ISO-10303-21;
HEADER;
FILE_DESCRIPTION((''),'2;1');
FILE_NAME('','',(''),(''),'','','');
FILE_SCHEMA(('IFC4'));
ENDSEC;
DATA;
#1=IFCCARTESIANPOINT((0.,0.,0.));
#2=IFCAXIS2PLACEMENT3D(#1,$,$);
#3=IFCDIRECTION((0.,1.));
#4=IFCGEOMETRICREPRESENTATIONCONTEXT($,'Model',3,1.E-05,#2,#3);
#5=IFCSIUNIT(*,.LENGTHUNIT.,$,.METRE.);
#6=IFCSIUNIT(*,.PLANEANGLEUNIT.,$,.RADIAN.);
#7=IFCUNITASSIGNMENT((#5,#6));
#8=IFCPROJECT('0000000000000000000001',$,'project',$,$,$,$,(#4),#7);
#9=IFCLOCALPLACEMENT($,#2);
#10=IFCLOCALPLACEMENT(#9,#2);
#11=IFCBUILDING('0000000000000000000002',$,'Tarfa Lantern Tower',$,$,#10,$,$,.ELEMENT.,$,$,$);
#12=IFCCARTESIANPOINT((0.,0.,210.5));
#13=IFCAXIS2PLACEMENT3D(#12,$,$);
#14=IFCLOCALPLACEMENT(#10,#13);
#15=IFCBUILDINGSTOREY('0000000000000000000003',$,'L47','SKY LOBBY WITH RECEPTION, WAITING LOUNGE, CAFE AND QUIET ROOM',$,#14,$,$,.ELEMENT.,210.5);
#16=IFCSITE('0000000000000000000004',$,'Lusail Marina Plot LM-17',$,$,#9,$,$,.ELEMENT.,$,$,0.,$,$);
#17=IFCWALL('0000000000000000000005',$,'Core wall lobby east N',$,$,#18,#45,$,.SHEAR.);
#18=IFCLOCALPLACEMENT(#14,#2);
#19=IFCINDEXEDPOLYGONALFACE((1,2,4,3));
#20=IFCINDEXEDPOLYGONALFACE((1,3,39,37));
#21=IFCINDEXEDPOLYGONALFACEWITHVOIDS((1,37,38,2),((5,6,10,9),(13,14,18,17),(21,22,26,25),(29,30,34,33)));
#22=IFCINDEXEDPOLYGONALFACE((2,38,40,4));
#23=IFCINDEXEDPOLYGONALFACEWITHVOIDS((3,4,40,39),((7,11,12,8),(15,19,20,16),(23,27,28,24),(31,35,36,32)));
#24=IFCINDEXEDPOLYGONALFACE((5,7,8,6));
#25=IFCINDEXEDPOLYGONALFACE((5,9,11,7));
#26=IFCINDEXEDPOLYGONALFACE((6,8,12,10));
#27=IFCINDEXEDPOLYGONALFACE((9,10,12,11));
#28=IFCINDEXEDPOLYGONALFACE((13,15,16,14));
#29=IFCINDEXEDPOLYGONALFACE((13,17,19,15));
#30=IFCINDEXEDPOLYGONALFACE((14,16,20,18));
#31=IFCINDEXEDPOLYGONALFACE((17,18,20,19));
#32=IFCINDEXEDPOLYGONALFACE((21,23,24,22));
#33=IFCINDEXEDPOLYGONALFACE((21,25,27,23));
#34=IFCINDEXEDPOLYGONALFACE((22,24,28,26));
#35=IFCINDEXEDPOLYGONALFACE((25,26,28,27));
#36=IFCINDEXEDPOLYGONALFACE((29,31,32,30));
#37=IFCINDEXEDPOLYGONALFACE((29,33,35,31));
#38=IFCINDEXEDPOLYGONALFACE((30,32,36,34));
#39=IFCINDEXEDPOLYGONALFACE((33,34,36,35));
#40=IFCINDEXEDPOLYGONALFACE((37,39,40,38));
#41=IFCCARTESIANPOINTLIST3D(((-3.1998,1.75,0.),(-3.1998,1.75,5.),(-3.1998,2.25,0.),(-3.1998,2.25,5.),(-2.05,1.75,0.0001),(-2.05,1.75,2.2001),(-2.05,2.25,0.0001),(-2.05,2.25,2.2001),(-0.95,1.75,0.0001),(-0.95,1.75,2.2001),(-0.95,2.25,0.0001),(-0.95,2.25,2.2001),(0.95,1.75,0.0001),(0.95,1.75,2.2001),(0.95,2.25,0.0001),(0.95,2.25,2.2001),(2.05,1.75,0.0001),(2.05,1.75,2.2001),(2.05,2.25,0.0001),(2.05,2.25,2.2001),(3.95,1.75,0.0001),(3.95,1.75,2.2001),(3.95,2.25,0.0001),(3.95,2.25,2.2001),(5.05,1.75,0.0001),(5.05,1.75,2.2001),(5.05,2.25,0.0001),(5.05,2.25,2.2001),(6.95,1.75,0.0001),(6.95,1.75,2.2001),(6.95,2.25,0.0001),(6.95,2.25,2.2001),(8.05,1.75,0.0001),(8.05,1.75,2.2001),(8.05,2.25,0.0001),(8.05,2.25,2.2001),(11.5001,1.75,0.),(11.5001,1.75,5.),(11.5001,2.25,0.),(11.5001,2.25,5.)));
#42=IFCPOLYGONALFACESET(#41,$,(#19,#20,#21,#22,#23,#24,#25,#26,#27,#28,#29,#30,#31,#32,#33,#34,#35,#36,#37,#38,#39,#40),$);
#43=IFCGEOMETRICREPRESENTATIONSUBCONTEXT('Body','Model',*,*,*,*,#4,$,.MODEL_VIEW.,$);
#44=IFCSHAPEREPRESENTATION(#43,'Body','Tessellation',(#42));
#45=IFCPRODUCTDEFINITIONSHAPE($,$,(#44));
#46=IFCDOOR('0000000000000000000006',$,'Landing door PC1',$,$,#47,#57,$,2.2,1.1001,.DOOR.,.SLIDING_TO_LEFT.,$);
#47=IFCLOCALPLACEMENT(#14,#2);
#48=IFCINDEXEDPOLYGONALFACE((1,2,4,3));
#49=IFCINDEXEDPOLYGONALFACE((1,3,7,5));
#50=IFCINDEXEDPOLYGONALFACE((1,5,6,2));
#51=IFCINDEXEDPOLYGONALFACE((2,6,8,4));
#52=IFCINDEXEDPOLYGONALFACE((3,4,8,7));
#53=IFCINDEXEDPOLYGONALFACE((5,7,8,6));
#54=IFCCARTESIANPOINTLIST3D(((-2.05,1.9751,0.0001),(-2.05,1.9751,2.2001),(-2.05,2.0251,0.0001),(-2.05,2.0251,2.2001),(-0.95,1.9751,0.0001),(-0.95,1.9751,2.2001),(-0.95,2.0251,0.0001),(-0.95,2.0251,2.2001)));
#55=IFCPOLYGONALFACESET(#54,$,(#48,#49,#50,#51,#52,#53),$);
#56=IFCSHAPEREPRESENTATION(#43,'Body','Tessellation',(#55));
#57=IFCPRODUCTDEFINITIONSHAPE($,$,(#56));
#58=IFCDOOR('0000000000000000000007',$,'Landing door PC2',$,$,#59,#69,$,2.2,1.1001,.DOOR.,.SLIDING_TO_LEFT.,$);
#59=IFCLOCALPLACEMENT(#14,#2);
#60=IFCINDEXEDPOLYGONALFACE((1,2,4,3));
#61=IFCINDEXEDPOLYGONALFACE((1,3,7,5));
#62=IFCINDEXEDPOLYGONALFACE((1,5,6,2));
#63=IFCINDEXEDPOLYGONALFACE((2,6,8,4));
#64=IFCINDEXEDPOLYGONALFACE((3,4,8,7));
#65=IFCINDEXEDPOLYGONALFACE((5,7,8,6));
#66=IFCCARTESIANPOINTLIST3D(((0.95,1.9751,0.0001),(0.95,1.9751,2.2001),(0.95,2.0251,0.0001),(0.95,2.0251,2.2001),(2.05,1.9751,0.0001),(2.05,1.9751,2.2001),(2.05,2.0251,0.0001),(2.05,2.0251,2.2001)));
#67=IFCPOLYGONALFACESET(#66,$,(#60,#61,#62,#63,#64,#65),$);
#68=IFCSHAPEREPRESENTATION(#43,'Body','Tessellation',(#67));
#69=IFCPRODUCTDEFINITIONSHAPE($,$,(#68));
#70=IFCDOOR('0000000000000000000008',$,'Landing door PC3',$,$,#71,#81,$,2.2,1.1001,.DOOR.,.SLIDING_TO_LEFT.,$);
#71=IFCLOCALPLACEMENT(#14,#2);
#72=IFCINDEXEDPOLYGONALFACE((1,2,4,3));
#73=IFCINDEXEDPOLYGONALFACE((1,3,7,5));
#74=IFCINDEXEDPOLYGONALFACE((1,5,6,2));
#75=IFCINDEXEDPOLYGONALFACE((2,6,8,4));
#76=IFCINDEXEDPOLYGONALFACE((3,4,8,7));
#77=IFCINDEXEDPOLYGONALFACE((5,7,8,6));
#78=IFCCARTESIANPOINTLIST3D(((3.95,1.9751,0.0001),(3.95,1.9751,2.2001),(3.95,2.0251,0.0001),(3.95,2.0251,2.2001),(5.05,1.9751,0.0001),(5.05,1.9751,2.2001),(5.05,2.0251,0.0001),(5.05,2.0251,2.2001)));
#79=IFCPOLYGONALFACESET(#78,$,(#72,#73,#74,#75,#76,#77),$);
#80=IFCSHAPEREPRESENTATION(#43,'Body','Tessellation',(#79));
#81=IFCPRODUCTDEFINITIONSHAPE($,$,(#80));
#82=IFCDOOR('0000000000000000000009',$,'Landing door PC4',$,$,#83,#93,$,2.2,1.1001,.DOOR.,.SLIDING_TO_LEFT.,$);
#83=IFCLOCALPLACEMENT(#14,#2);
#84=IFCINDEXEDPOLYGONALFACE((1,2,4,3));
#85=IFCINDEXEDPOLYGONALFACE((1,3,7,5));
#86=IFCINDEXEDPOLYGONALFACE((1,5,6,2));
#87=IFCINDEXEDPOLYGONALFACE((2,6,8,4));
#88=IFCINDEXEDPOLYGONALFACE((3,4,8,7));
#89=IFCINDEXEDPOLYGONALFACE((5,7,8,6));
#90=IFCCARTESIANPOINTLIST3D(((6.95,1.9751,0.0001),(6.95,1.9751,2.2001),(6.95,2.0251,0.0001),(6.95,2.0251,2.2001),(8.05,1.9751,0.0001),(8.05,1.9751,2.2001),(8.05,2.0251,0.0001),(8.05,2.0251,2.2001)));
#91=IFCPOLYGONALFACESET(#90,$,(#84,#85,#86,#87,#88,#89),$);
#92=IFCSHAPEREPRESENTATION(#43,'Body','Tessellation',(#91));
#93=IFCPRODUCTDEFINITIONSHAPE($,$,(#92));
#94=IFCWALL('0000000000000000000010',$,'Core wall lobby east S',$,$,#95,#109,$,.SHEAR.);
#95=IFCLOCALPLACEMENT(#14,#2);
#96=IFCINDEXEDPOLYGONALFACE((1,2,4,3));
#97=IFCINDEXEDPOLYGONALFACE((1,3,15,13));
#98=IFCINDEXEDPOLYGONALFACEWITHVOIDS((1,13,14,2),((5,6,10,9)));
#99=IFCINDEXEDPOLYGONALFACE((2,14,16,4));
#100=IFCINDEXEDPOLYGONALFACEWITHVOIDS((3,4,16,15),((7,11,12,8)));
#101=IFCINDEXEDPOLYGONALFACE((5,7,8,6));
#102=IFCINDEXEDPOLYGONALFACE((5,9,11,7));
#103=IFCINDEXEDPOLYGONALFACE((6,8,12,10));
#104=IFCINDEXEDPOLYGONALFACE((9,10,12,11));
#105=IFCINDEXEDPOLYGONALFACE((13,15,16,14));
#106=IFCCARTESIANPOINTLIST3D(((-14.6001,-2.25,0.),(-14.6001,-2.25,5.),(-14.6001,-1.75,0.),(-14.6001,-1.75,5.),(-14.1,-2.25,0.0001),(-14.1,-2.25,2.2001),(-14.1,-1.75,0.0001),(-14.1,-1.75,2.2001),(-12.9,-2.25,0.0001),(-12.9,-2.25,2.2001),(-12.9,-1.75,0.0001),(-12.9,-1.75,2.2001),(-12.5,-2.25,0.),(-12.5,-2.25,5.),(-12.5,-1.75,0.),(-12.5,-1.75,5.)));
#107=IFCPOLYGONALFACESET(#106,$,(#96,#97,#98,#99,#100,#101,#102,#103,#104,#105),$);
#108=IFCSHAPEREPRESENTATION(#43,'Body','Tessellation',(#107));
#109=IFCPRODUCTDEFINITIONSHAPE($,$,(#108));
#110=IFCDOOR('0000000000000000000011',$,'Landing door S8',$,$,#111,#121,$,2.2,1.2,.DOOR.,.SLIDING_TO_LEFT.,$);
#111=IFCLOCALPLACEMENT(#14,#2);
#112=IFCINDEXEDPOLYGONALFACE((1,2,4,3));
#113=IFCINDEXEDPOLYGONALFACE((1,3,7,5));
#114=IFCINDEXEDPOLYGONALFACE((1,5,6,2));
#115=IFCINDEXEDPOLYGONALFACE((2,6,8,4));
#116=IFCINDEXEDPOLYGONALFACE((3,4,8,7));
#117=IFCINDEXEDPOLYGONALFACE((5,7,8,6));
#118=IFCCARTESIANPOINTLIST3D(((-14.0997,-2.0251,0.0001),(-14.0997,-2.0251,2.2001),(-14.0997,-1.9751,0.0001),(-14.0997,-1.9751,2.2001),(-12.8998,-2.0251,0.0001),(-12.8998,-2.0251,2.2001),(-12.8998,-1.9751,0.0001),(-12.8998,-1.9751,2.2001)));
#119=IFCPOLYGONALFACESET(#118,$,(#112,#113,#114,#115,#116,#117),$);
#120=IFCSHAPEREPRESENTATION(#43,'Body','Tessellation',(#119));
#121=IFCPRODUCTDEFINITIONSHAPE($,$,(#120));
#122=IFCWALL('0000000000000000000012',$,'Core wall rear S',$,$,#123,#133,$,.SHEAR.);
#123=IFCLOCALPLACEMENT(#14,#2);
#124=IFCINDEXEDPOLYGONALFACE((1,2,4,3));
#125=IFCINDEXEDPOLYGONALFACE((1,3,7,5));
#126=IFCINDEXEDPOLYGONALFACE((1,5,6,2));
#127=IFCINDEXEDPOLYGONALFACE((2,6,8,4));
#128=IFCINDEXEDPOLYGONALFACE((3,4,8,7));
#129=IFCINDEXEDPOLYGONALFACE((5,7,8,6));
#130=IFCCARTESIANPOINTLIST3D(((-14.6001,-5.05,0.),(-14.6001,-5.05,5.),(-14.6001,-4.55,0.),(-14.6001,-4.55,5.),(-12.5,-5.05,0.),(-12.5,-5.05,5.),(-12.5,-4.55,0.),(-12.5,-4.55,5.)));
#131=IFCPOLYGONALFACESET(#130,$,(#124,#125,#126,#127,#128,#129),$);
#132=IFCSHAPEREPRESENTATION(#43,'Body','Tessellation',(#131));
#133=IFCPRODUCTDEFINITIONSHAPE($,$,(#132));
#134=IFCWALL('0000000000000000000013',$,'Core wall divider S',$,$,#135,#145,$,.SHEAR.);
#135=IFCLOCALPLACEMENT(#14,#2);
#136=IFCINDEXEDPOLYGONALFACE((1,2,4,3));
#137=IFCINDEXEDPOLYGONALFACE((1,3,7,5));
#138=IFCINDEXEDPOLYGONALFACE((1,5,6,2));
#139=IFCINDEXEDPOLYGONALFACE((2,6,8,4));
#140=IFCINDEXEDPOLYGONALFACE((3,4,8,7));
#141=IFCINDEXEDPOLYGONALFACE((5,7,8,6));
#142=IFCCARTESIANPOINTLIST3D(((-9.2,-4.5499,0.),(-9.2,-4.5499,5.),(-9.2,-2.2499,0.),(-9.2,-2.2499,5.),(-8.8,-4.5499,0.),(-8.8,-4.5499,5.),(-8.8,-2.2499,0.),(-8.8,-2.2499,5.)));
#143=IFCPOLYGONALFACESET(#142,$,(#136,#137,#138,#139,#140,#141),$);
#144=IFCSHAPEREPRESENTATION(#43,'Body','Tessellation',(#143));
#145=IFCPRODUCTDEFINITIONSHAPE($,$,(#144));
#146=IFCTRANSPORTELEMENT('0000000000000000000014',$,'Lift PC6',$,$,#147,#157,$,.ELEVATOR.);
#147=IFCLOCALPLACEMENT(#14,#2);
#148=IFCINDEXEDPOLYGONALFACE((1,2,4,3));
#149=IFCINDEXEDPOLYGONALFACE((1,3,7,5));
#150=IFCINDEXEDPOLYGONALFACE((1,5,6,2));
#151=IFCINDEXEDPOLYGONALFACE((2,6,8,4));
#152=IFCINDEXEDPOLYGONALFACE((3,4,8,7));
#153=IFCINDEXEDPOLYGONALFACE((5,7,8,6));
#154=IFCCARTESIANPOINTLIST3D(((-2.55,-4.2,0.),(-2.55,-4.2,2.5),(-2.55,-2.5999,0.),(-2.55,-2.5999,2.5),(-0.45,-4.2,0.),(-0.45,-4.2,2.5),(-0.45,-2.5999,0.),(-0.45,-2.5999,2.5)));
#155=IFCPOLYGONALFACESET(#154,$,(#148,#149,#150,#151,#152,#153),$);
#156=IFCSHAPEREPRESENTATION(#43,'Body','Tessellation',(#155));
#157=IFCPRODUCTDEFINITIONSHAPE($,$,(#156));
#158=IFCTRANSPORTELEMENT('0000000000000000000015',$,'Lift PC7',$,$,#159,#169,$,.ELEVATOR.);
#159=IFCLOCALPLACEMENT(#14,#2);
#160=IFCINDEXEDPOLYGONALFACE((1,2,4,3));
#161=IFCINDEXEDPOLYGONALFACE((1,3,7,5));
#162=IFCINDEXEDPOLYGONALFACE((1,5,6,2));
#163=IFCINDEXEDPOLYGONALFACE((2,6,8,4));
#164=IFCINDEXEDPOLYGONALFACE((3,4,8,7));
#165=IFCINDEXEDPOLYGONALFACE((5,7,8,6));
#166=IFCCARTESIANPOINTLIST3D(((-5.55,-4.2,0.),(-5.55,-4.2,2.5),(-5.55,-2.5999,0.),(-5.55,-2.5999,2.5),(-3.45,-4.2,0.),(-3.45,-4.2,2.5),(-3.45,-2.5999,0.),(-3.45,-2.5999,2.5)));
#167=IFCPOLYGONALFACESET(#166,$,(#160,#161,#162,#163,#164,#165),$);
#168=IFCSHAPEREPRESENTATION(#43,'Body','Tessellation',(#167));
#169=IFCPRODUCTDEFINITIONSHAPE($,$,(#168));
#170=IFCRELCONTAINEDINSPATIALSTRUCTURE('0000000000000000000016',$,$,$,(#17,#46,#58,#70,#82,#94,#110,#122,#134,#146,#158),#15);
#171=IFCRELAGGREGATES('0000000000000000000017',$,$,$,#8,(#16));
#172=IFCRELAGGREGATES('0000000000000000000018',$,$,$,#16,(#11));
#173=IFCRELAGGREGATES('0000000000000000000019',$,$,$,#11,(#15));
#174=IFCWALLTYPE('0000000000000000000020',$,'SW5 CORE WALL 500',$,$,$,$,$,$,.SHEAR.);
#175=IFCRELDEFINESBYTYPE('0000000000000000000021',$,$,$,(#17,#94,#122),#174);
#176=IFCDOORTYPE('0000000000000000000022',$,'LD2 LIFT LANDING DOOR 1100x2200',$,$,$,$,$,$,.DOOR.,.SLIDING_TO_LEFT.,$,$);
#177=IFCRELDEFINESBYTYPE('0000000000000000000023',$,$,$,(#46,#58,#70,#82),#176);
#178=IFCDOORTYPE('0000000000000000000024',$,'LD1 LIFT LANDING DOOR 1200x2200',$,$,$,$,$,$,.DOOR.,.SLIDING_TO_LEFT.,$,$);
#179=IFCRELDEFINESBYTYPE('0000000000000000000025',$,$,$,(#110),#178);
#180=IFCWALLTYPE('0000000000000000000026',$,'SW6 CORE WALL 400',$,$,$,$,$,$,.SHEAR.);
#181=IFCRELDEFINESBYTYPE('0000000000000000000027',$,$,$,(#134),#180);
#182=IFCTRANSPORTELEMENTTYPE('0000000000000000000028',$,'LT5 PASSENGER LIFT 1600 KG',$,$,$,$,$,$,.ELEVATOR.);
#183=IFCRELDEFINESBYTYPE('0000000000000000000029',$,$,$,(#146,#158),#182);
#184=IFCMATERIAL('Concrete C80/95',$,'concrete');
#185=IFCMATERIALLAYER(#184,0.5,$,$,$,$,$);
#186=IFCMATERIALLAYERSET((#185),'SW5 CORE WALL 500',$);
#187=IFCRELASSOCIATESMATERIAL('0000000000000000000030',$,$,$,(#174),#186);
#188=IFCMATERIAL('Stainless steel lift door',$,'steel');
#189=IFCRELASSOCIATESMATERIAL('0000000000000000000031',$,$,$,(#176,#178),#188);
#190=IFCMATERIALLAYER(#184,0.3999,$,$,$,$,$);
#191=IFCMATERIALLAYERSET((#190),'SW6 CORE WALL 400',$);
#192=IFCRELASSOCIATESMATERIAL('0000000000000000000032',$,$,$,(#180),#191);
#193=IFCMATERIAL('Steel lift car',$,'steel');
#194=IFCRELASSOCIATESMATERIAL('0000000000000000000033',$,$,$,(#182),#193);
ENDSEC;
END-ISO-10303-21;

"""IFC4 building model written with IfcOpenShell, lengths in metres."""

from ifc_helpers import new_model, si_unit, direction, frame, frame_2d, origin, origin_2d, place, context, subcontext, project, spatial, rectangle, extrude, material, layer, layer_set, type_object, element, fill, save


model = new_model("IFC4")

# Units and contexts
model_context = context("Model", 3, precision=1e-05, world=origin(), true_north=direction((0.0, 1.0)))
body_context = subcontext(model_context, "Body", "Model", "MODEL_VIEW")
ifc_project = project(units=[si_unit("LENGTHUNIT", "METRE"), si_unit("PLANEANGLEUNIT", "RADIAN")], contexts=[model_context])

# Site, building, storey
site_placement = place(None, origin())
site = spatial("IfcSite", under=ifc_project, at=site_placement, Name="Lusail Marina Plot LM-17", CompositionType="ELEMENT", RefElevation=0.0)
building_placement = place(site_placement, origin())
building = spatial("IfcBuilding", under=site, at=building_placement, Name="Tarfa Lantern Tower", CompositionType="ELEMENT")
storey_placement = place(building_placement, frame((0.0, 0.0, 210.5)))
storey = spatial("IfcBuildingStorey", under=building, at=storey_placement, Name="L47", Description="SKY LOBBY WITH RECEPTION, WAITING LOUNGE, CAFE AND QUIET ROOM", CompositionType="ELEMENT", Elevation=210.5)

# Shared definitions
ifc_material_1 = material(Name="Concrete C80/95", Category="concrete")
ifc_layer_1 = layer(ifc_material_1, 0.5)
ifc_layer_set_1 = layer_set([ifc_layer_1], Name="SW5 CORE WALL 500")
wall_type_1 = type_object("IfcWallType", Name="SW5 CORE WALL 500", PredefinedType="SHEAR", material=ifc_layer_set_1)

# Wall, openings, doors
wall_1_placement = place(storey_placement, frame((-3.2, 2.0, 0.0), z_axis=(0.0, 0.0, 1.0), x_axis=(1.0, 0.0, 0.0)))
wall_1 = element("IfcWall", 1, at=wall_1_placement, inside=storey, type_object=wall_type_1, Name="Core wall lobby east N", PredefinedType="SHEAR", context=body_context, shape_type="SweptSolid", body=[
    extrude(rectangle(XDim=14.7, YDim=0.5, at=frame_2d((7.3501, 0.0))), origin(), (0.0, 0.0, 1.0), 5.0),
])
opening_1_placement = place(wall_1_placement, frame((1.1499, 0.0, 0.0)))
opening_1 = element("IfcOpeningElement", 2, at=opening_1_placement, cuts=wall_1, PredefinedType="OPENING", context=body_context, shape_type="SweptSolid", body=[
    extrude(rectangle(XDim=1.1001, YDim=2.2, at=frame_2d((0.55, 1.1001))), frame((0.0, 0.26, 0.0), z_axis=(0.0, -1.0, 0.0), x_axis=(1.0, 0.0, 0.0)), (0.0, 0.0, 1.0), 0.52),
])
opening_2_placement = place(wall_1_placement, frame((4.1499, 0.0, 0.0)))
opening_2 = element("IfcOpeningElement", 3, at=opening_2_placement, cuts=wall_1, PredefinedType="OPENING", context=body_context, shape_type="SweptSolid", body=[
    extrude(rectangle(XDim=1.1001, YDim=2.2, at=frame_2d((0.55, 1.1001))), frame((0.0, 0.26, 0.0), z_axis=(0.0, -1.0, 0.0), x_axis=(1.0, 0.0, 0.0)), (0.0, 0.0, 1.0), 0.52),
])
opening_3_placement = place(wall_1_placement, frame((7.1499, 0.0, 0.0)))
opening_3 = element("IfcOpeningElement", 4, at=opening_3_placement, cuts=wall_1, PredefinedType="OPENING", context=body_context, shape_type="SweptSolid", body=[
    extrude(rectangle(XDim=1.1001, YDim=2.2, at=frame_2d((0.55, 1.1001))), frame((0.0, 0.26, 0.0), z_axis=(0.0, -1.0, 0.0), x_axis=(1.0, 0.0, 0.0)), (0.0, 0.0, 1.0), 0.52),
])
opening_4_placement = place(wall_1_placement, frame((10.1499, 0.0, 0.0)))
opening_4 = element("IfcOpeningElement", 5, at=opening_4_placement, cuts=wall_1, PredefinedType="OPENING", context=body_context, shape_type="SweptSolid", body=[
    extrude(rectangle(XDim=1.1001, YDim=2.2, at=frame_2d((0.55, 1.1001))), frame((0.0, 0.26, 0.0), z_axis=(0.0, -1.0, 0.0), x_axis=(1.0, 0.0, 0.0)), (0.0, 0.0, 1.0), 0.52),
])
ifc_material_2 = material(Name="Stainless steel lift door", Category="steel")
door_type_1 = type_object("IfcDoorType", Name="LD2 LIFT LANDING DOOR 1100x2200", OperationType="SLIDING_TO_LEFT", PredefinedType="DOOR", material=ifc_material_2)
door_1_placement = place(opening_1_placement, frame((1.1001, 0.0, 0.0), z_axis=(0.0, 0.0, 1.0), x_axis=(-1.0, 0.0, 0.0)))
door_1 = element("IfcDoor", 6, at=door_1_placement, inside=storey, type_object=door_type_1, Name="Landing door PC1", OperationType="SLIDING_TO_LEFT", OverallHeight=2.2, OverallWidth=1.1001, PredefinedType="DOOR", context=body_context, shape_type="SweptSolid", body=[
    extrude(rectangle(XDim=1.1001, YDim=2.2, at=frame_2d((0.55, 1.1001))), frame((0.0, 0.0249, 0.0), z_axis=(0.0, -1.0, 0.0), x_axis=(1.0, 0.0, 0.0)), (0.0, 0.0, 1.0), 0.05),
])
fill(opening_1, door_1)
door_2_placement = place(opening_2_placement, frame((1.1001, 0.0, 0.0), z_axis=(0.0, 0.0, 1.0), x_axis=(-1.0, 0.0, 0.0)))
door_2 = element("IfcDoor", 7, at=door_2_placement, inside=storey, type_object=door_type_1, Name="Landing door PC2", OperationType="SLIDING_TO_LEFT", OverallHeight=2.2, OverallWidth=1.1001, PredefinedType="DOOR", context=body_context, shape_type="SweptSolid", body=[
    extrude(rectangle(XDim=1.1001, YDim=2.2, at=frame_2d((0.55, 1.1001))), frame((0.0, 0.0249, 0.0), z_axis=(0.0, -1.0, 0.0), x_axis=(1.0, 0.0, 0.0)), (0.0, 0.0, 1.0), 0.05),
])
fill(opening_2, door_2)
door_3_placement = place(opening_3_placement, frame((1.1001, 0.0, 0.0), z_axis=(0.0, 0.0, 1.0), x_axis=(-1.0, 0.0, 0.0)))
door_3 = element("IfcDoor", 8, at=door_3_placement, inside=storey, type_object=door_type_1, Name="Landing door PC3", OperationType="SLIDING_TO_LEFT", OverallHeight=2.2, OverallWidth=1.1001, PredefinedType="DOOR", context=body_context, shape_type="SweptSolid", body=[
    extrude(rectangle(XDim=1.1001, YDim=2.2, at=frame_2d((0.55, 1.1001))), frame((0.0, 0.0249, 0.0), z_axis=(0.0, -1.0, 0.0), x_axis=(1.0, 0.0, 0.0)), (0.0, 0.0, 1.0), 0.05),
])
fill(opening_3, door_3)
door_4_placement = place(opening_4_placement, frame((1.1001, 0.0, 0.0), z_axis=(0.0, 0.0, 1.0), x_axis=(-1.0, 0.0, 0.0)))
door_4 = element("IfcDoor", 9, at=door_4_placement, inside=storey, type_object=door_type_1, Name="Landing door PC4", OperationType="SLIDING_TO_LEFT", OverallHeight=2.2, OverallWidth=1.1001, PredefinedType="DOOR", context=body_context, shape_type="SweptSolid", body=[
    extrude(rectangle(XDim=1.1001, YDim=2.2, at=frame_2d((0.55, 1.1001))), frame((0.0, 0.0249, 0.0), z_axis=(0.0, -1.0, 0.0), x_axis=(1.0, 0.0, 0.0)), (0.0, 0.0, 1.0), 0.05),
])
fill(opening_4, door_4)

# Wall, opening, door
wall_2_placement = place(storey_placement, frame((-12.5, -2.0, 0.0), z_axis=(0.0, 0.0, 1.0), x_axis=(-1.0, 0.0, 0.0)))
wall_2 = element("IfcWall", 10, at=wall_2_placement, inside=storey, type_object=wall_type_1, Name="Core wall lobby east S", PredefinedType="SHEAR", context=body_context, shape_type="SweptSolid", body=[
    extrude(rectangle(XDim=2.1001, YDim=0.5, at=frame_2d((1.05, 0.0))), origin(), (0.0, 0.0, 1.0), 5.0),
])
opening_5_placement = place(wall_2_placement, frame((0.3999, 0.0, 0.0)))
opening_5 = element("IfcOpeningElement", 11, at=opening_5_placement, cuts=wall_2, PredefinedType="OPENING", context=body_context, shape_type="SweptSolid", body=[
    extrude(rectangle(XDim=1.2, YDim=2.2, at=frame_2d((0.6001, 1.1001))), frame((0.0, 0.26, 0.0), z_axis=(0.0, -1.0, 0.0), x_axis=(1.0, 0.0, 0.0)), (0.0, 0.0, 1.0), 0.52),
])
door_type_2 = type_object("IfcDoorType", Name="LD1 LIFT LANDING DOOR 1200x2200", OperationType="SLIDING_TO_LEFT", PredefinedType="DOOR", material=ifc_material_2)
door_5_placement = place(opening_5_placement, frame((1.2, 0.0, 0.0), z_axis=(0.0, 0.0, 1.0), x_axis=(-1.0, 0.0, 0.0)))
door_5 = element("IfcDoor", 12, at=door_5_placement, inside=storey, type_object=door_type_2, Name="Landing door S8", OperationType="SLIDING_TO_LEFT", OverallHeight=2.2, OverallWidth=1.2, PredefinedType="DOOR", context=body_context, shape_type="SweptSolid", body=[
    extrude(rectangle(XDim=1.2, YDim=2.2, at=frame_2d((0.6001, 1.1001))), frame((0.0, 0.0249, 0.0), z_axis=(0.0, -1.0, 0.0), x_axis=(1.0, 0.0, 0.0)), (0.0, 0.0, 1.0), 0.05),
])
fill(opening_5, door_5)

# Walls
wall_3_placement = place(storey_placement, frame((-12.5, -4.8, 0.0), z_axis=(0.0, 0.0, 1.0), x_axis=(-1.0, 0.0, 0.0)))
element("IfcWall", 13, at=wall_3_placement, inside=storey, type_object=wall_type_1, Name="Core wall rear S", PredefinedType="SHEAR", context=body_context, shape_type="SweptSolid", body=[
    extrude(rectangle(XDim=2.1001, YDim=0.5, at=frame_2d((1.05, 0.0))), origin(), (0.0, 0.0, 1.0), 5.0),
])
ifc_layer_2 = layer(ifc_material_1, 0.3999)
ifc_layer_set_2 = layer_set([ifc_layer_2], Name="SW6 CORE WALL 400")
wall_type_2 = type_object("IfcWallType", Name="SW6 CORE WALL 400", PredefinedType="SHEAR", material=ifc_layer_set_2)
wall_4_placement = place(storey_placement, frame((-9.0, -2.25, 0.0), z_axis=(0.0, 0.0, 1.0), x_axis=(0.0, -1.0, 0.0)))
element("IfcWall", 14, at=wall_4_placement, inside=storey, type_object=wall_type_2, Name="Core wall divider S", PredefinedType="SHEAR", context=body_context, shape_type="SweptSolid", body=[
    extrude(rectangle(XDim=2.3, YDim=0.3999, at=frame_2d((1.1499, 0.0))), origin(), (0.0, 0.0, 1.0), 5.0),
])

# Transport elements
ifc_material_3 = material(Name="Steel lift car", Category="steel")
transport_element_type = type_object("IfcTransportElementType", Name="LT5 PASSENGER LIFT 1600 KG", PredefinedType="ELEVATOR", material=ifc_material_3)
for number, where, z_axis, x_axis, name in (
    (15, (-1.5, -3.3999, 0.0), (0.0, 0.0, 1.0), (1.0, 0.0, 0.0), "Lift PC6"),
    (16, (-4.5, -3.3999, 0.0), (0.0, 0.0, 1.0), (1.0, 0.0, 0.0), "Lift PC7"),
):
    element("IfcTransportElement", number, at=place(storey_placement, frame(where, z_axis=z_axis, x_axis=x_axis)), inside=storey, type_object=transport_element_type, Name=name, PredefinedType="ELEVATOR", context=body_context, shape_type="SweptSolid", body=[
        extrude(rectangle(XDim=2.1001, YDim=1.6001, at=origin_2d()), origin(), (0.0, 0.0, 1.0), 2.5),
    ])

save(model, "model.ifc")
